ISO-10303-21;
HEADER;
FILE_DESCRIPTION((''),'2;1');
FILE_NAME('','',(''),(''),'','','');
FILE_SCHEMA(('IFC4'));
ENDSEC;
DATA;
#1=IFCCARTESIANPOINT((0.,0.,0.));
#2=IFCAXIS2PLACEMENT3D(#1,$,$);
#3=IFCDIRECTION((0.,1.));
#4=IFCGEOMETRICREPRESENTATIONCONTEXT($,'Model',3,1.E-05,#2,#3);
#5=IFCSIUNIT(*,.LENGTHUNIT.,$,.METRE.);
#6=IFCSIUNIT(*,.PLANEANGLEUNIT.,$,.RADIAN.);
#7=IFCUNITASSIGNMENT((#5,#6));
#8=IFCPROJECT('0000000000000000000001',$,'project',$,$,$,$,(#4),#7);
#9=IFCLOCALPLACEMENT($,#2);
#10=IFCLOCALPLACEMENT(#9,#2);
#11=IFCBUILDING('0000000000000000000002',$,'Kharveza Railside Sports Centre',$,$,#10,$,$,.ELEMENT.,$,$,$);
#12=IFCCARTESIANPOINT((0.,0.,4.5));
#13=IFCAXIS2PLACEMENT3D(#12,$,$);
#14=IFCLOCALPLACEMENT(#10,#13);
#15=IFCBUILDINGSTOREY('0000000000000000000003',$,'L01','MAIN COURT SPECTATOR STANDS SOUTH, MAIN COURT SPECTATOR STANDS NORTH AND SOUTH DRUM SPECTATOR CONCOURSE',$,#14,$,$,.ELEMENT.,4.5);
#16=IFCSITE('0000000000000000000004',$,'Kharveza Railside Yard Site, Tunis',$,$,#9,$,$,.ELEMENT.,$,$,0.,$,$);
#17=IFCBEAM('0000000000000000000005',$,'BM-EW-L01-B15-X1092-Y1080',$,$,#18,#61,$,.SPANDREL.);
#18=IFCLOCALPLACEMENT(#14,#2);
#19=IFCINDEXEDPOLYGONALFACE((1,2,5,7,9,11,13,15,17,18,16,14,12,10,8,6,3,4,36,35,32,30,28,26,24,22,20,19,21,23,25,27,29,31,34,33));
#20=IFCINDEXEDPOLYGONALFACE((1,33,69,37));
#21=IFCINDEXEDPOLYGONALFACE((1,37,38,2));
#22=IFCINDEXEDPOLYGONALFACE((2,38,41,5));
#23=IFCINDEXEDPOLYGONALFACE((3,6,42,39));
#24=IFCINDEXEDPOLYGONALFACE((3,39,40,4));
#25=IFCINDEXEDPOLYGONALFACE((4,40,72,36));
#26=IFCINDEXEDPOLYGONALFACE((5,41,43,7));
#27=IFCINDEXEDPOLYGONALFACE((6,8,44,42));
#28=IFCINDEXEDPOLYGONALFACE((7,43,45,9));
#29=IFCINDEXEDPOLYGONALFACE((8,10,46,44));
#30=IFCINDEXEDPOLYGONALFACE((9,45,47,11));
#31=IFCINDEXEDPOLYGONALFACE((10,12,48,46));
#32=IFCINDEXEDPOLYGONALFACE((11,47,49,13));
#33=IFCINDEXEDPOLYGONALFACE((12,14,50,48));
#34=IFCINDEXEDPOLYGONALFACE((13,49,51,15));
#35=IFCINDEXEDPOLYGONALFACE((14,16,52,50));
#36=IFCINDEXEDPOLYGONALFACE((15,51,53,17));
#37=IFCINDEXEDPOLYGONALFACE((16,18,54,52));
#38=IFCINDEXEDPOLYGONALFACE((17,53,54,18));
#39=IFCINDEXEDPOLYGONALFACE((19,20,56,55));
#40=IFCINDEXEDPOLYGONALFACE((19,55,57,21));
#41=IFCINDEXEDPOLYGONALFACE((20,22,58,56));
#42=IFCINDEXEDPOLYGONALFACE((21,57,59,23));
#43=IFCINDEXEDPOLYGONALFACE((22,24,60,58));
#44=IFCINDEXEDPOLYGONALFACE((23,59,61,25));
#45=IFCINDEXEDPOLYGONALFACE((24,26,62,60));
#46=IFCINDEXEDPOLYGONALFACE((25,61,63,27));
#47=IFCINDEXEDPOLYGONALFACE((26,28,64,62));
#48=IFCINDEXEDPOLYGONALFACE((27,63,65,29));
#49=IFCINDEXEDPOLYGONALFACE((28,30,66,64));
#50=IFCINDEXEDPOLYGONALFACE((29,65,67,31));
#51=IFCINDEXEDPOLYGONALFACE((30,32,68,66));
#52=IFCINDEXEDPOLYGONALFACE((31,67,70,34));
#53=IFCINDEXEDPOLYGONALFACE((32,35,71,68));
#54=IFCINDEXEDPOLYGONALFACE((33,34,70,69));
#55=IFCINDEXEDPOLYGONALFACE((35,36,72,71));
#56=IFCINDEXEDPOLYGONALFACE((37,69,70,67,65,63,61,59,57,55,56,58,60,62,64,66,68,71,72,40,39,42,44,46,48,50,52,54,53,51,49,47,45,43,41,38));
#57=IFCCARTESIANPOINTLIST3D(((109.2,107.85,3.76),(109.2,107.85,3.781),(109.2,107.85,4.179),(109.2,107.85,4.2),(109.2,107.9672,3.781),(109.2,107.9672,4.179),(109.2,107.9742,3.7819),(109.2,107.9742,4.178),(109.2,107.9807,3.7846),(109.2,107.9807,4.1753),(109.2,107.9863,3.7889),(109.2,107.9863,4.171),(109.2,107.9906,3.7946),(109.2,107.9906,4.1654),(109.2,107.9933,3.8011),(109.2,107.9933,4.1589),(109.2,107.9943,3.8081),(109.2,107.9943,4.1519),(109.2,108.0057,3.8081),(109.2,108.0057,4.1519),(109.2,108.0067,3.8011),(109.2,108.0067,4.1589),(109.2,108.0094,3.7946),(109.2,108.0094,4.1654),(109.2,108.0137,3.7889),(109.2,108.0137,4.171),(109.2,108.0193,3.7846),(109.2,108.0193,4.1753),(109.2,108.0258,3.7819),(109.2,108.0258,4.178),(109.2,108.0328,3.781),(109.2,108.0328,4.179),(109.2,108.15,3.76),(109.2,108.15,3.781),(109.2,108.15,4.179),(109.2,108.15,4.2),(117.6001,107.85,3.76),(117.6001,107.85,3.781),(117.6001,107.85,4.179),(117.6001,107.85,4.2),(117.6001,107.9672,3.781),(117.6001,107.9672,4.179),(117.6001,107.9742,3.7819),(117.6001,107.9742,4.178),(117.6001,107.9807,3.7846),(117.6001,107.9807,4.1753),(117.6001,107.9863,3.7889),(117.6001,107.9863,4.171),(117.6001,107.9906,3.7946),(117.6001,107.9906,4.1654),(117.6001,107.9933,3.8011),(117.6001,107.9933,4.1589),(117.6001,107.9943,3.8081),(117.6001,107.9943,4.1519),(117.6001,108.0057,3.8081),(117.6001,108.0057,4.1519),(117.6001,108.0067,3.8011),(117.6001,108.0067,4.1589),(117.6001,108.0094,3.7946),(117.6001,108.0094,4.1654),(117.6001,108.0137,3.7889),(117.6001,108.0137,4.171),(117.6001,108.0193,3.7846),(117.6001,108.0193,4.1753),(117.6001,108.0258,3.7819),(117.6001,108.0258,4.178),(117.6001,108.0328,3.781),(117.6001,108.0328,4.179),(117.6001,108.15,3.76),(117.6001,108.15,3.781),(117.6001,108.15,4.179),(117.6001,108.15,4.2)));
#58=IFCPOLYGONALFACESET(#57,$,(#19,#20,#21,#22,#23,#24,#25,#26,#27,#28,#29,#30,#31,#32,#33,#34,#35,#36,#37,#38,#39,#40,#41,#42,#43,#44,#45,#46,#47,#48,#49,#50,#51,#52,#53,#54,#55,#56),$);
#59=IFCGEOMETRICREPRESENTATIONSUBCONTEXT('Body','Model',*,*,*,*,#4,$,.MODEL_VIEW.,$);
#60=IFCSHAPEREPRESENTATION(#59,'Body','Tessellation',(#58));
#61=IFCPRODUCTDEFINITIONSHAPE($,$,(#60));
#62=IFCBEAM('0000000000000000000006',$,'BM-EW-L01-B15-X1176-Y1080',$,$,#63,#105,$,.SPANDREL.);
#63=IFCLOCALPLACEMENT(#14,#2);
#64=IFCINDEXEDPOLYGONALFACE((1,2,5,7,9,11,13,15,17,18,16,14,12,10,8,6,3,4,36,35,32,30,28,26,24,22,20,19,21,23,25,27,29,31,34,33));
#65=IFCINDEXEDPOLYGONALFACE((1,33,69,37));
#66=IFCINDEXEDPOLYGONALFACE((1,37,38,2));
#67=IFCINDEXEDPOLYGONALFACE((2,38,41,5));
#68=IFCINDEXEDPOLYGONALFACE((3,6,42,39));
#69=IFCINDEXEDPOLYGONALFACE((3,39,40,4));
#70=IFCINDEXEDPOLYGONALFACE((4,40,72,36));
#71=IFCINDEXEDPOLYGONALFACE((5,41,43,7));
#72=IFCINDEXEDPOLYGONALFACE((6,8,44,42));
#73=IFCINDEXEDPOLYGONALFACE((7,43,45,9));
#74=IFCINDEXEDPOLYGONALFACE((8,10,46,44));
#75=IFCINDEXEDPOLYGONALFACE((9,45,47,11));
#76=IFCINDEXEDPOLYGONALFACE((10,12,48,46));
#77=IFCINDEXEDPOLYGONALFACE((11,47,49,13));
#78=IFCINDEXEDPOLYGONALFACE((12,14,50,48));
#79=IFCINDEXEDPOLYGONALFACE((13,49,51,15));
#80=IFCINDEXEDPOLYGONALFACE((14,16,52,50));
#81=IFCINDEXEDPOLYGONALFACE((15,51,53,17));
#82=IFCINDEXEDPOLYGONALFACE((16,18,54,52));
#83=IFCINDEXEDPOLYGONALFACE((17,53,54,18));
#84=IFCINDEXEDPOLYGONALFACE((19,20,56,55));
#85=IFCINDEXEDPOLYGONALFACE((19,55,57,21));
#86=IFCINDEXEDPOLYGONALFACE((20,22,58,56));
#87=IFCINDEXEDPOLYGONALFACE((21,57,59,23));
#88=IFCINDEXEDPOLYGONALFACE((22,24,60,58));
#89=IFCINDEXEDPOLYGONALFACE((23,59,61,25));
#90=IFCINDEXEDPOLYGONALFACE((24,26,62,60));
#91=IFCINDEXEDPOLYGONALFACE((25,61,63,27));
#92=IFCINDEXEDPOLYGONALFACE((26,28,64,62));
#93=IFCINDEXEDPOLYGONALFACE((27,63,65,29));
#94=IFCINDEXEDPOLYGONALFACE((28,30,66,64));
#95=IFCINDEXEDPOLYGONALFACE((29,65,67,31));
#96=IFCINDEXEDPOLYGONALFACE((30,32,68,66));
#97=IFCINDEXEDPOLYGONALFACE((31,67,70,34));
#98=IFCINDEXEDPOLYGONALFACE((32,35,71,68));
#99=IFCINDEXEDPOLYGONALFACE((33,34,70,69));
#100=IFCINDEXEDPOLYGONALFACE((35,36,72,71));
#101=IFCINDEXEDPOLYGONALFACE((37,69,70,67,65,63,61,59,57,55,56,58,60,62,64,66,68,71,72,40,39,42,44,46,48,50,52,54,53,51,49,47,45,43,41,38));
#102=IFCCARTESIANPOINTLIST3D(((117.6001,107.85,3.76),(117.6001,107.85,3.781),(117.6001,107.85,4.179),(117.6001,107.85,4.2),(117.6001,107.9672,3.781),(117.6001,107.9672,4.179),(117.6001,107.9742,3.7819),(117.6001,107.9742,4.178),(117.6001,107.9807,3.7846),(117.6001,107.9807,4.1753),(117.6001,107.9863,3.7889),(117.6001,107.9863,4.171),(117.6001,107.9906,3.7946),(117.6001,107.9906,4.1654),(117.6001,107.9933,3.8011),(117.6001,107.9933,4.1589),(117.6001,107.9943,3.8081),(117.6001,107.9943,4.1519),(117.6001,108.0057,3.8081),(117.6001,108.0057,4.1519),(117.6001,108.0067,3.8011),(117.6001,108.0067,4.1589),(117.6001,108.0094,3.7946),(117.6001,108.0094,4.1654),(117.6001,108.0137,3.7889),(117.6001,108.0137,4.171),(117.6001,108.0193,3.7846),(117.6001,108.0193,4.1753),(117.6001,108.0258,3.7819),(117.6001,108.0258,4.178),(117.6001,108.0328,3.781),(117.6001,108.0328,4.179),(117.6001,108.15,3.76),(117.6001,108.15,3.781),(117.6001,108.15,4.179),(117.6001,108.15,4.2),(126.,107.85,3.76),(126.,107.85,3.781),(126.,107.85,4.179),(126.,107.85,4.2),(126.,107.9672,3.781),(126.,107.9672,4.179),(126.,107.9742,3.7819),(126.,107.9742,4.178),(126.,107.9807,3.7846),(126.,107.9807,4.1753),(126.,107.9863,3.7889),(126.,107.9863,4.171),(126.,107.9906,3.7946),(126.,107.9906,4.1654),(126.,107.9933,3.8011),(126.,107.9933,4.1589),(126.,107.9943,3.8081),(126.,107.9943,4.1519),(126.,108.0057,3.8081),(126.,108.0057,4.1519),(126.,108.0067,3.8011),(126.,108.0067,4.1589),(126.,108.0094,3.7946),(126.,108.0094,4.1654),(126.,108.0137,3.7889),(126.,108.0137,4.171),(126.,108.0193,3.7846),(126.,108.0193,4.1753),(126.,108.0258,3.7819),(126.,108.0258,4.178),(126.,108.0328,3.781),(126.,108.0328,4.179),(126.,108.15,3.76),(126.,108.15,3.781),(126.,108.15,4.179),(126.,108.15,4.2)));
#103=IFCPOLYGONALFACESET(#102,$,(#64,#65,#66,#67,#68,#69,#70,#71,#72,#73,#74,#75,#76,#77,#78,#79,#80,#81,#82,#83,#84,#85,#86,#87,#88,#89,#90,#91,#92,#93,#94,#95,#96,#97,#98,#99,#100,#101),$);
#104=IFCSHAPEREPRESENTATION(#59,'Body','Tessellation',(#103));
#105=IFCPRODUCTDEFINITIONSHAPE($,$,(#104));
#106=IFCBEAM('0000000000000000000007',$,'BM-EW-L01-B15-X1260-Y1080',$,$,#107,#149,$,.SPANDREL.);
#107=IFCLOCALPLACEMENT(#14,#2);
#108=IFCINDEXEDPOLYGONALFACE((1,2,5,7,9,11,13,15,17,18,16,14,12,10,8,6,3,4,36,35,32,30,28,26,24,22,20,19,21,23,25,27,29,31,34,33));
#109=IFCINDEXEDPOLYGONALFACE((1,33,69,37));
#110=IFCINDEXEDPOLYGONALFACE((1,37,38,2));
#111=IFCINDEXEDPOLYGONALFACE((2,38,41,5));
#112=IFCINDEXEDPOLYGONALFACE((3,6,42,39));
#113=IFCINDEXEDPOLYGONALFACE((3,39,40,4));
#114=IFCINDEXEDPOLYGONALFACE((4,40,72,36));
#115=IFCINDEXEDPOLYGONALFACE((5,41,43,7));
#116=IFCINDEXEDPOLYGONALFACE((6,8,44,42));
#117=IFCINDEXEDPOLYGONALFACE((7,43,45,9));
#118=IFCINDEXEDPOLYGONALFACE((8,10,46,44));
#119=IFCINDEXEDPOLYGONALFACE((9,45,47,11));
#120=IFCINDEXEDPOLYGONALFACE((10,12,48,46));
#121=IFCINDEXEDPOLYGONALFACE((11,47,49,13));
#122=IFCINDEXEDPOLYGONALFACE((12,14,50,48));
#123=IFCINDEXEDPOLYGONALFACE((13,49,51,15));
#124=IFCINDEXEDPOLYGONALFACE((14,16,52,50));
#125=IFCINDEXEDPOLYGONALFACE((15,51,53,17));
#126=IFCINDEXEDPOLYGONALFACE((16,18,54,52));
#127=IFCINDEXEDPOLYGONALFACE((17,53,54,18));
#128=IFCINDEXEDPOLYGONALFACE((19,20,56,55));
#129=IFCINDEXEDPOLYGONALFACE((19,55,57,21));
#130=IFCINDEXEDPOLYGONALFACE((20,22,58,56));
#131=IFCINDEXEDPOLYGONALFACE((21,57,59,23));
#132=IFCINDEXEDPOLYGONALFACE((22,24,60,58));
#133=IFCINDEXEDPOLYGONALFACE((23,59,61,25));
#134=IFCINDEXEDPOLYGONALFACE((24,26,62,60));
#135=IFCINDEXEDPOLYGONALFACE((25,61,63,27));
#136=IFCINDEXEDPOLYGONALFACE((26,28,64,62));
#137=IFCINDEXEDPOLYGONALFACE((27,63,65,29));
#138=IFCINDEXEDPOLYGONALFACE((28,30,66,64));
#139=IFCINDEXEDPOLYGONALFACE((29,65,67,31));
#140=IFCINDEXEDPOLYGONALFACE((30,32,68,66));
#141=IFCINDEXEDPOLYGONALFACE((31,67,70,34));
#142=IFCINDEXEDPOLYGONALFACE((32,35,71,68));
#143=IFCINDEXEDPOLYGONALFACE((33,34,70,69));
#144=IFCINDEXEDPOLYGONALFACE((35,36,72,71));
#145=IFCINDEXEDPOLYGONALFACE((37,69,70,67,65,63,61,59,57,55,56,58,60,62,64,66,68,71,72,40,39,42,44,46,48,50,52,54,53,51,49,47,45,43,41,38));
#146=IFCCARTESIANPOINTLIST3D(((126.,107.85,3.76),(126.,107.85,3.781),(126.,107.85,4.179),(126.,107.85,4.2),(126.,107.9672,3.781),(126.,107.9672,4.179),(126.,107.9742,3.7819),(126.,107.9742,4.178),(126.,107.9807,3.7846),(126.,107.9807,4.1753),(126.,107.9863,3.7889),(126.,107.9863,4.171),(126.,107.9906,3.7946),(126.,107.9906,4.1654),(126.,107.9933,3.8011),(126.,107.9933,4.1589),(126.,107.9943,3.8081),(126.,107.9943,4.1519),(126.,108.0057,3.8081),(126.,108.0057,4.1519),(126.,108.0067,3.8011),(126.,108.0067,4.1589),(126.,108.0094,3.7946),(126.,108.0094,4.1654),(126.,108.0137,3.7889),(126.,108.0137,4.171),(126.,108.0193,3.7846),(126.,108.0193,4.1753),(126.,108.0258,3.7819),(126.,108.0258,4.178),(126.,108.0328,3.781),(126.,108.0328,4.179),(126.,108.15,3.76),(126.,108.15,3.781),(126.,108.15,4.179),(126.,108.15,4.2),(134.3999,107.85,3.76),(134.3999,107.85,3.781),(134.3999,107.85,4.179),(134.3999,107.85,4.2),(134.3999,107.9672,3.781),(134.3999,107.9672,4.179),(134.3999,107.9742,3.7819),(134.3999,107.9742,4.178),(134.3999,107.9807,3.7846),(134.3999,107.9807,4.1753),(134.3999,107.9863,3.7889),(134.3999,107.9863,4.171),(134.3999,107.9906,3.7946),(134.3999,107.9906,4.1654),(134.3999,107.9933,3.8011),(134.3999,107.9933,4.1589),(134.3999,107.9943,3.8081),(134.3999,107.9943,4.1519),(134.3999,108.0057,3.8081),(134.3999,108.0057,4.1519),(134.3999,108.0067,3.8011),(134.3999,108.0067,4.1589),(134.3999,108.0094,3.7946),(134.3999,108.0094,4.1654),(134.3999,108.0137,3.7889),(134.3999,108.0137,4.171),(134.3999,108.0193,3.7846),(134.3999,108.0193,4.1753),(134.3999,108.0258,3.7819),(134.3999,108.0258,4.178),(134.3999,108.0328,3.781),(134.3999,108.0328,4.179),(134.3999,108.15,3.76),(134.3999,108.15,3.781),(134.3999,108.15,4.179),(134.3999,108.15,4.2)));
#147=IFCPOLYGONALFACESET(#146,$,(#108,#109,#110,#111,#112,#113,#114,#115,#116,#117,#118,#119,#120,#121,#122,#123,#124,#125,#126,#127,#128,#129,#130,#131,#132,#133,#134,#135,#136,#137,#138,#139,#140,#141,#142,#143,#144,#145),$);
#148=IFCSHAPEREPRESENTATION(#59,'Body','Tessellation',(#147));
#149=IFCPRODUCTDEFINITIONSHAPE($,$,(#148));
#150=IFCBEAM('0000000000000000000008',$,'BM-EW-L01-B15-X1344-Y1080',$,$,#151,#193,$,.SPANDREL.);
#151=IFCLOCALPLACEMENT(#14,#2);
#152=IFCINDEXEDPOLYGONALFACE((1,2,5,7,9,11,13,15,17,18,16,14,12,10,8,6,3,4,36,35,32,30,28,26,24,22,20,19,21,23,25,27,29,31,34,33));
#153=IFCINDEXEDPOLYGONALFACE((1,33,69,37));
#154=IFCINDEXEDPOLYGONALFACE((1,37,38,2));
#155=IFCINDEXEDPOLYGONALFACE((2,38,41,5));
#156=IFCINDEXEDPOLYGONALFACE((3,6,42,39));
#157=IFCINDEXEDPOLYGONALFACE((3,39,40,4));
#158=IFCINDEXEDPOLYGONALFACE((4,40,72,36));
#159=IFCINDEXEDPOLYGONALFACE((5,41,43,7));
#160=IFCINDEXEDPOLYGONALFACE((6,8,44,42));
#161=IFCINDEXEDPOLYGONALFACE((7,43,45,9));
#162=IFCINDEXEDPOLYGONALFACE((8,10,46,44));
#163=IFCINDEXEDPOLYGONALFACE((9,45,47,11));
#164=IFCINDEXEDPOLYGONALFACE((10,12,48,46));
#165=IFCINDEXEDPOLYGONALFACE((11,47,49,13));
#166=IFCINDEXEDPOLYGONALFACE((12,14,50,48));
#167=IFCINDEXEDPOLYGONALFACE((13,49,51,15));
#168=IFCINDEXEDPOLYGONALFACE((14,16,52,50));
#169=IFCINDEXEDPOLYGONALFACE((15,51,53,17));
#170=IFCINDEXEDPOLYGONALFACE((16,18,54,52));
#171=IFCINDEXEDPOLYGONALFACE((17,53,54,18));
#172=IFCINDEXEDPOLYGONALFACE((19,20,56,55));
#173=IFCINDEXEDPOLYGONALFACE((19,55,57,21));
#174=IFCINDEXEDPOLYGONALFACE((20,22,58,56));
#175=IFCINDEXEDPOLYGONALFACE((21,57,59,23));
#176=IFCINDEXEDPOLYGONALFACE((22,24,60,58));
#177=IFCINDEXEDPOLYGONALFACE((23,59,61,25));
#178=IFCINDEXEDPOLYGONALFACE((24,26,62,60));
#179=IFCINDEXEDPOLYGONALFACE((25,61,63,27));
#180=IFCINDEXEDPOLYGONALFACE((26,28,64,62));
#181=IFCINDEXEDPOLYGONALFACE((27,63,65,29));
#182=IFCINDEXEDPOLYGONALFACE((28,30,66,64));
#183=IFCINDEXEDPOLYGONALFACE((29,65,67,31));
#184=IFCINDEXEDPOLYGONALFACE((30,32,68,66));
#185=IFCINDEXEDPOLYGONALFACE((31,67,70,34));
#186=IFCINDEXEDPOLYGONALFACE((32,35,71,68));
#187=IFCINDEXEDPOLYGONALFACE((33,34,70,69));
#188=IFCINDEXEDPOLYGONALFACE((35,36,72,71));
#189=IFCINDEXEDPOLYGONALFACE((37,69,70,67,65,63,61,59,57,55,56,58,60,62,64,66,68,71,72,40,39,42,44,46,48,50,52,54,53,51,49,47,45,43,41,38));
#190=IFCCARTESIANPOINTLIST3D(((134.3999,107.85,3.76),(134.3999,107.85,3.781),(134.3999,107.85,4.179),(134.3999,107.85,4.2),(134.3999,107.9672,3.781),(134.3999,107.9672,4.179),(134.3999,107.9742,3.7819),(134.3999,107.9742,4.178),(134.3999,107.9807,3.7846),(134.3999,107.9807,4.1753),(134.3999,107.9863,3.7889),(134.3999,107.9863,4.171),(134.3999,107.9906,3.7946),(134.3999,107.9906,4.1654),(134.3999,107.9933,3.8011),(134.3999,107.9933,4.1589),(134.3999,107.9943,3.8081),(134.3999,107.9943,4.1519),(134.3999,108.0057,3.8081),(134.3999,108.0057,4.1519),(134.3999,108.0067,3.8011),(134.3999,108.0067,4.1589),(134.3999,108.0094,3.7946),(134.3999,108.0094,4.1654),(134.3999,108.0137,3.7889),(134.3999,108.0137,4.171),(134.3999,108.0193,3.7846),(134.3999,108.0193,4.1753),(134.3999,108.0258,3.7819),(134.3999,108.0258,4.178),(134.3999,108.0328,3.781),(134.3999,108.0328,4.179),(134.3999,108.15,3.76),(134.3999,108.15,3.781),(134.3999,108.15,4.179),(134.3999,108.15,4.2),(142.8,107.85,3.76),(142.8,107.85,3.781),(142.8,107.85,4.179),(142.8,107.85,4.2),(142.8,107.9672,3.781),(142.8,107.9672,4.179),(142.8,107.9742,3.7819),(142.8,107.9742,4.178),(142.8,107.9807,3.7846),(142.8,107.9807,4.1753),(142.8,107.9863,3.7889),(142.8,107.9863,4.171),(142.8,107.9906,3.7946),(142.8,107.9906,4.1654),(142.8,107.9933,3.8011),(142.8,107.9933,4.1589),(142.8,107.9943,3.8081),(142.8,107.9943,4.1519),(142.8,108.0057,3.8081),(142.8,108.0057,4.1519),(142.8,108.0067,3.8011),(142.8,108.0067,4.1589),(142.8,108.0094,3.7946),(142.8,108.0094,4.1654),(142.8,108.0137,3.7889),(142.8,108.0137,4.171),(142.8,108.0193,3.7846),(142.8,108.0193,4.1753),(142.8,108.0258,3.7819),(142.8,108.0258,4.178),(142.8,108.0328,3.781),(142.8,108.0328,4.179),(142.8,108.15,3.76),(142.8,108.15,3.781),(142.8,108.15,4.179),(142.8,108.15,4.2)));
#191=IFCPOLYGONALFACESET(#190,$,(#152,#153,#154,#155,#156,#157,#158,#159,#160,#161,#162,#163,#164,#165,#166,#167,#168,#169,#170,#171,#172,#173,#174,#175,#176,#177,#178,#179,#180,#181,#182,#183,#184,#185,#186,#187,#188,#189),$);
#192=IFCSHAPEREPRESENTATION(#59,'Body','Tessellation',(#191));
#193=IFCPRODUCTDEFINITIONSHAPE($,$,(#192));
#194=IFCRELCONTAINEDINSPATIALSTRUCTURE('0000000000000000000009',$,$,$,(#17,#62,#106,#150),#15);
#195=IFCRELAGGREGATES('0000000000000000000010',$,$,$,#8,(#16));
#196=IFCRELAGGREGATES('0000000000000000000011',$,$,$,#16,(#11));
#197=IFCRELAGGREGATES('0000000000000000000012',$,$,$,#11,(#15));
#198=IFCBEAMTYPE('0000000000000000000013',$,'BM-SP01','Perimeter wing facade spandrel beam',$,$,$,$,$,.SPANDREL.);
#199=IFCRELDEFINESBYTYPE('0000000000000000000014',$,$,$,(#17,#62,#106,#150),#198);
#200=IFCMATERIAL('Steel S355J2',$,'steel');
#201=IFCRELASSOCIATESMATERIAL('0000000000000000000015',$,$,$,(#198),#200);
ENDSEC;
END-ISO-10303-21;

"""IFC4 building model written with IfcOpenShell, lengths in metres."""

from ifc_helpers import new_model, si_unit, direction, frame, origin, origin_2d, place, context, subcontext, project, spatial, i_section, extrude, material, material_profile, profile_set, type_object, element, save


model = new_model("IFC4")

# Units and contexts
model_context = context("Model", 3, precision=1e-05, world=origin(), true_north=direction((0.0, 1.0)))
body_context = subcontext(model_context, "Body", "Model", "MODEL_VIEW")
ifc_project = project(units=[si_unit("LENGTHUNIT", "METRE"), si_unit("PLANEANGLEUNIT", "RADIAN")], contexts=[model_context])

# Site, building, storey
site_placement = place(None, origin())
site = spatial("IfcSite", under=ifc_project, at=site_placement, Name="Kharveza Railside Yard Site, Tunis", CompositionType="ELEMENT", RefElevation=0.0)
building_placement = place(site_placement, origin())
building = spatial("IfcBuilding", under=site, at=building_placement, Name="Kharveza Railside Sports Centre", CompositionType="ELEMENT")
storey_placement = place(building_placement, frame((0.0, 0.0, 4.5)))
storey = spatial("IfcBuildingStorey", under=building, at=storey_placement, Name="L01", Description="MAIN COURT SPECTATOR STANDS SOUTH, MAIN COURT SPECTATOR STANDS NORTH AND SOUTH DRUM SPECTATOR CONCOURSE", CompositionType="ELEMENT", Elevation=4.5)

# Shared definitions
ifc_material_1 = material(Name="Steel S355J2", Category="steel")

# Beams
ifc_material_profile_1 = material_profile(ifc_material_1, i_section(OverallWidth=0.3, OverallDepth=0.4399, WebThickness=0.0115, FlangeThickness=0.021, FilletRadius=0.0271, at=origin_2d()), Name="HEA 450")
ifc_profile_set_1 = profile_set([ifc_material_profile_1], Name="Steel S355J2")
beam_type_1 = type_object("IfcBeamType", Name="BM-SP01", Description="Perimeter wing facade spandrel beam", PredefinedType="SPANDREL", material=ifc_profile_set_1)
beam_1_placement = place(storey_placement, frame((109.2, 108.0, 3.98), z_axis=(1.0, 0.0, 0.0), x_axis=(0.0, 1.0, 0.0)))
element("IfcBeam", 1, at=beam_1_placement, inside=storey, type_object=beam_type_1, Name="BM-EW-L01-B15-X1092-Y1080", PredefinedType="SPANDREL", context=body_context, shape_type="SweptSolid", body=[
    extrude(i_section(OverallWidth=0.3, OverallDepth=0.4399, WebThickness=0.0115, FlangeThickness=0.021, FilletRadius=0.0271, at=origin_2d()), origin(), (0.0, 0.0, 1.0), 8.4001),
])
for number, where, z_axis, x_axis, name in (
    (2, (117.6001, 108.0, 3.98), (1.0, 0.0, 0.0), (0.0, 1.0, 0.0), "BM-EW-L01-B15-X1176-Y1080"),
    (3, (126.0, 108.0, 3.98), (1.0, 0.0, 0.0), (0.0, 1.0, 0.0), "BM-EW-L01-B15-X1260-Y1080"),
):
    element("IfcBeam", number, at=place(storey_placement, frame(where, z_axis=z_axis, x_axis=x_axis)), inside=storey, type_object=beam_type_1, Name=name, PredefinedType="SPANDREL", context=body_context, shape_type="SweptSolid", body=[
        extrude(i_section(OverallWidth=0.3, OverallDepth=0.4399, WebThickness=0.0115, FlangeThickness=0.021, FilletRadius=0.0271, at=origin_2d()), origin(), (0.0, 0.0, 1.0), 8.3999),
    ])
beam_2_placement = place(storey_placement, frame((134.3999, 108.0, 3.98), z_axis=(1.0, 0.0, 0.0), x_axis=(0.0, 1.0, 0.0)))
element("IfcBeam", 4, at=beam_2_placement, inside=storey, type_object=beam_type_1, Name="BM-EW-L01-B15-X1344-Y1080", PredefinedType="SPANDREL", context=body_context, shape_type="SweptSolid", body=[
    extrude(i_section(OverallWidth=0.3, OverallDepth=0.4399, WebThickness=0.0115, FlangeThickness=0.021, FilletRadius=0.0271, at=origin_2d()), origin(), (0.0, 0.0, 1.0), 8.4001),
])

save(model, "model.ifc")
